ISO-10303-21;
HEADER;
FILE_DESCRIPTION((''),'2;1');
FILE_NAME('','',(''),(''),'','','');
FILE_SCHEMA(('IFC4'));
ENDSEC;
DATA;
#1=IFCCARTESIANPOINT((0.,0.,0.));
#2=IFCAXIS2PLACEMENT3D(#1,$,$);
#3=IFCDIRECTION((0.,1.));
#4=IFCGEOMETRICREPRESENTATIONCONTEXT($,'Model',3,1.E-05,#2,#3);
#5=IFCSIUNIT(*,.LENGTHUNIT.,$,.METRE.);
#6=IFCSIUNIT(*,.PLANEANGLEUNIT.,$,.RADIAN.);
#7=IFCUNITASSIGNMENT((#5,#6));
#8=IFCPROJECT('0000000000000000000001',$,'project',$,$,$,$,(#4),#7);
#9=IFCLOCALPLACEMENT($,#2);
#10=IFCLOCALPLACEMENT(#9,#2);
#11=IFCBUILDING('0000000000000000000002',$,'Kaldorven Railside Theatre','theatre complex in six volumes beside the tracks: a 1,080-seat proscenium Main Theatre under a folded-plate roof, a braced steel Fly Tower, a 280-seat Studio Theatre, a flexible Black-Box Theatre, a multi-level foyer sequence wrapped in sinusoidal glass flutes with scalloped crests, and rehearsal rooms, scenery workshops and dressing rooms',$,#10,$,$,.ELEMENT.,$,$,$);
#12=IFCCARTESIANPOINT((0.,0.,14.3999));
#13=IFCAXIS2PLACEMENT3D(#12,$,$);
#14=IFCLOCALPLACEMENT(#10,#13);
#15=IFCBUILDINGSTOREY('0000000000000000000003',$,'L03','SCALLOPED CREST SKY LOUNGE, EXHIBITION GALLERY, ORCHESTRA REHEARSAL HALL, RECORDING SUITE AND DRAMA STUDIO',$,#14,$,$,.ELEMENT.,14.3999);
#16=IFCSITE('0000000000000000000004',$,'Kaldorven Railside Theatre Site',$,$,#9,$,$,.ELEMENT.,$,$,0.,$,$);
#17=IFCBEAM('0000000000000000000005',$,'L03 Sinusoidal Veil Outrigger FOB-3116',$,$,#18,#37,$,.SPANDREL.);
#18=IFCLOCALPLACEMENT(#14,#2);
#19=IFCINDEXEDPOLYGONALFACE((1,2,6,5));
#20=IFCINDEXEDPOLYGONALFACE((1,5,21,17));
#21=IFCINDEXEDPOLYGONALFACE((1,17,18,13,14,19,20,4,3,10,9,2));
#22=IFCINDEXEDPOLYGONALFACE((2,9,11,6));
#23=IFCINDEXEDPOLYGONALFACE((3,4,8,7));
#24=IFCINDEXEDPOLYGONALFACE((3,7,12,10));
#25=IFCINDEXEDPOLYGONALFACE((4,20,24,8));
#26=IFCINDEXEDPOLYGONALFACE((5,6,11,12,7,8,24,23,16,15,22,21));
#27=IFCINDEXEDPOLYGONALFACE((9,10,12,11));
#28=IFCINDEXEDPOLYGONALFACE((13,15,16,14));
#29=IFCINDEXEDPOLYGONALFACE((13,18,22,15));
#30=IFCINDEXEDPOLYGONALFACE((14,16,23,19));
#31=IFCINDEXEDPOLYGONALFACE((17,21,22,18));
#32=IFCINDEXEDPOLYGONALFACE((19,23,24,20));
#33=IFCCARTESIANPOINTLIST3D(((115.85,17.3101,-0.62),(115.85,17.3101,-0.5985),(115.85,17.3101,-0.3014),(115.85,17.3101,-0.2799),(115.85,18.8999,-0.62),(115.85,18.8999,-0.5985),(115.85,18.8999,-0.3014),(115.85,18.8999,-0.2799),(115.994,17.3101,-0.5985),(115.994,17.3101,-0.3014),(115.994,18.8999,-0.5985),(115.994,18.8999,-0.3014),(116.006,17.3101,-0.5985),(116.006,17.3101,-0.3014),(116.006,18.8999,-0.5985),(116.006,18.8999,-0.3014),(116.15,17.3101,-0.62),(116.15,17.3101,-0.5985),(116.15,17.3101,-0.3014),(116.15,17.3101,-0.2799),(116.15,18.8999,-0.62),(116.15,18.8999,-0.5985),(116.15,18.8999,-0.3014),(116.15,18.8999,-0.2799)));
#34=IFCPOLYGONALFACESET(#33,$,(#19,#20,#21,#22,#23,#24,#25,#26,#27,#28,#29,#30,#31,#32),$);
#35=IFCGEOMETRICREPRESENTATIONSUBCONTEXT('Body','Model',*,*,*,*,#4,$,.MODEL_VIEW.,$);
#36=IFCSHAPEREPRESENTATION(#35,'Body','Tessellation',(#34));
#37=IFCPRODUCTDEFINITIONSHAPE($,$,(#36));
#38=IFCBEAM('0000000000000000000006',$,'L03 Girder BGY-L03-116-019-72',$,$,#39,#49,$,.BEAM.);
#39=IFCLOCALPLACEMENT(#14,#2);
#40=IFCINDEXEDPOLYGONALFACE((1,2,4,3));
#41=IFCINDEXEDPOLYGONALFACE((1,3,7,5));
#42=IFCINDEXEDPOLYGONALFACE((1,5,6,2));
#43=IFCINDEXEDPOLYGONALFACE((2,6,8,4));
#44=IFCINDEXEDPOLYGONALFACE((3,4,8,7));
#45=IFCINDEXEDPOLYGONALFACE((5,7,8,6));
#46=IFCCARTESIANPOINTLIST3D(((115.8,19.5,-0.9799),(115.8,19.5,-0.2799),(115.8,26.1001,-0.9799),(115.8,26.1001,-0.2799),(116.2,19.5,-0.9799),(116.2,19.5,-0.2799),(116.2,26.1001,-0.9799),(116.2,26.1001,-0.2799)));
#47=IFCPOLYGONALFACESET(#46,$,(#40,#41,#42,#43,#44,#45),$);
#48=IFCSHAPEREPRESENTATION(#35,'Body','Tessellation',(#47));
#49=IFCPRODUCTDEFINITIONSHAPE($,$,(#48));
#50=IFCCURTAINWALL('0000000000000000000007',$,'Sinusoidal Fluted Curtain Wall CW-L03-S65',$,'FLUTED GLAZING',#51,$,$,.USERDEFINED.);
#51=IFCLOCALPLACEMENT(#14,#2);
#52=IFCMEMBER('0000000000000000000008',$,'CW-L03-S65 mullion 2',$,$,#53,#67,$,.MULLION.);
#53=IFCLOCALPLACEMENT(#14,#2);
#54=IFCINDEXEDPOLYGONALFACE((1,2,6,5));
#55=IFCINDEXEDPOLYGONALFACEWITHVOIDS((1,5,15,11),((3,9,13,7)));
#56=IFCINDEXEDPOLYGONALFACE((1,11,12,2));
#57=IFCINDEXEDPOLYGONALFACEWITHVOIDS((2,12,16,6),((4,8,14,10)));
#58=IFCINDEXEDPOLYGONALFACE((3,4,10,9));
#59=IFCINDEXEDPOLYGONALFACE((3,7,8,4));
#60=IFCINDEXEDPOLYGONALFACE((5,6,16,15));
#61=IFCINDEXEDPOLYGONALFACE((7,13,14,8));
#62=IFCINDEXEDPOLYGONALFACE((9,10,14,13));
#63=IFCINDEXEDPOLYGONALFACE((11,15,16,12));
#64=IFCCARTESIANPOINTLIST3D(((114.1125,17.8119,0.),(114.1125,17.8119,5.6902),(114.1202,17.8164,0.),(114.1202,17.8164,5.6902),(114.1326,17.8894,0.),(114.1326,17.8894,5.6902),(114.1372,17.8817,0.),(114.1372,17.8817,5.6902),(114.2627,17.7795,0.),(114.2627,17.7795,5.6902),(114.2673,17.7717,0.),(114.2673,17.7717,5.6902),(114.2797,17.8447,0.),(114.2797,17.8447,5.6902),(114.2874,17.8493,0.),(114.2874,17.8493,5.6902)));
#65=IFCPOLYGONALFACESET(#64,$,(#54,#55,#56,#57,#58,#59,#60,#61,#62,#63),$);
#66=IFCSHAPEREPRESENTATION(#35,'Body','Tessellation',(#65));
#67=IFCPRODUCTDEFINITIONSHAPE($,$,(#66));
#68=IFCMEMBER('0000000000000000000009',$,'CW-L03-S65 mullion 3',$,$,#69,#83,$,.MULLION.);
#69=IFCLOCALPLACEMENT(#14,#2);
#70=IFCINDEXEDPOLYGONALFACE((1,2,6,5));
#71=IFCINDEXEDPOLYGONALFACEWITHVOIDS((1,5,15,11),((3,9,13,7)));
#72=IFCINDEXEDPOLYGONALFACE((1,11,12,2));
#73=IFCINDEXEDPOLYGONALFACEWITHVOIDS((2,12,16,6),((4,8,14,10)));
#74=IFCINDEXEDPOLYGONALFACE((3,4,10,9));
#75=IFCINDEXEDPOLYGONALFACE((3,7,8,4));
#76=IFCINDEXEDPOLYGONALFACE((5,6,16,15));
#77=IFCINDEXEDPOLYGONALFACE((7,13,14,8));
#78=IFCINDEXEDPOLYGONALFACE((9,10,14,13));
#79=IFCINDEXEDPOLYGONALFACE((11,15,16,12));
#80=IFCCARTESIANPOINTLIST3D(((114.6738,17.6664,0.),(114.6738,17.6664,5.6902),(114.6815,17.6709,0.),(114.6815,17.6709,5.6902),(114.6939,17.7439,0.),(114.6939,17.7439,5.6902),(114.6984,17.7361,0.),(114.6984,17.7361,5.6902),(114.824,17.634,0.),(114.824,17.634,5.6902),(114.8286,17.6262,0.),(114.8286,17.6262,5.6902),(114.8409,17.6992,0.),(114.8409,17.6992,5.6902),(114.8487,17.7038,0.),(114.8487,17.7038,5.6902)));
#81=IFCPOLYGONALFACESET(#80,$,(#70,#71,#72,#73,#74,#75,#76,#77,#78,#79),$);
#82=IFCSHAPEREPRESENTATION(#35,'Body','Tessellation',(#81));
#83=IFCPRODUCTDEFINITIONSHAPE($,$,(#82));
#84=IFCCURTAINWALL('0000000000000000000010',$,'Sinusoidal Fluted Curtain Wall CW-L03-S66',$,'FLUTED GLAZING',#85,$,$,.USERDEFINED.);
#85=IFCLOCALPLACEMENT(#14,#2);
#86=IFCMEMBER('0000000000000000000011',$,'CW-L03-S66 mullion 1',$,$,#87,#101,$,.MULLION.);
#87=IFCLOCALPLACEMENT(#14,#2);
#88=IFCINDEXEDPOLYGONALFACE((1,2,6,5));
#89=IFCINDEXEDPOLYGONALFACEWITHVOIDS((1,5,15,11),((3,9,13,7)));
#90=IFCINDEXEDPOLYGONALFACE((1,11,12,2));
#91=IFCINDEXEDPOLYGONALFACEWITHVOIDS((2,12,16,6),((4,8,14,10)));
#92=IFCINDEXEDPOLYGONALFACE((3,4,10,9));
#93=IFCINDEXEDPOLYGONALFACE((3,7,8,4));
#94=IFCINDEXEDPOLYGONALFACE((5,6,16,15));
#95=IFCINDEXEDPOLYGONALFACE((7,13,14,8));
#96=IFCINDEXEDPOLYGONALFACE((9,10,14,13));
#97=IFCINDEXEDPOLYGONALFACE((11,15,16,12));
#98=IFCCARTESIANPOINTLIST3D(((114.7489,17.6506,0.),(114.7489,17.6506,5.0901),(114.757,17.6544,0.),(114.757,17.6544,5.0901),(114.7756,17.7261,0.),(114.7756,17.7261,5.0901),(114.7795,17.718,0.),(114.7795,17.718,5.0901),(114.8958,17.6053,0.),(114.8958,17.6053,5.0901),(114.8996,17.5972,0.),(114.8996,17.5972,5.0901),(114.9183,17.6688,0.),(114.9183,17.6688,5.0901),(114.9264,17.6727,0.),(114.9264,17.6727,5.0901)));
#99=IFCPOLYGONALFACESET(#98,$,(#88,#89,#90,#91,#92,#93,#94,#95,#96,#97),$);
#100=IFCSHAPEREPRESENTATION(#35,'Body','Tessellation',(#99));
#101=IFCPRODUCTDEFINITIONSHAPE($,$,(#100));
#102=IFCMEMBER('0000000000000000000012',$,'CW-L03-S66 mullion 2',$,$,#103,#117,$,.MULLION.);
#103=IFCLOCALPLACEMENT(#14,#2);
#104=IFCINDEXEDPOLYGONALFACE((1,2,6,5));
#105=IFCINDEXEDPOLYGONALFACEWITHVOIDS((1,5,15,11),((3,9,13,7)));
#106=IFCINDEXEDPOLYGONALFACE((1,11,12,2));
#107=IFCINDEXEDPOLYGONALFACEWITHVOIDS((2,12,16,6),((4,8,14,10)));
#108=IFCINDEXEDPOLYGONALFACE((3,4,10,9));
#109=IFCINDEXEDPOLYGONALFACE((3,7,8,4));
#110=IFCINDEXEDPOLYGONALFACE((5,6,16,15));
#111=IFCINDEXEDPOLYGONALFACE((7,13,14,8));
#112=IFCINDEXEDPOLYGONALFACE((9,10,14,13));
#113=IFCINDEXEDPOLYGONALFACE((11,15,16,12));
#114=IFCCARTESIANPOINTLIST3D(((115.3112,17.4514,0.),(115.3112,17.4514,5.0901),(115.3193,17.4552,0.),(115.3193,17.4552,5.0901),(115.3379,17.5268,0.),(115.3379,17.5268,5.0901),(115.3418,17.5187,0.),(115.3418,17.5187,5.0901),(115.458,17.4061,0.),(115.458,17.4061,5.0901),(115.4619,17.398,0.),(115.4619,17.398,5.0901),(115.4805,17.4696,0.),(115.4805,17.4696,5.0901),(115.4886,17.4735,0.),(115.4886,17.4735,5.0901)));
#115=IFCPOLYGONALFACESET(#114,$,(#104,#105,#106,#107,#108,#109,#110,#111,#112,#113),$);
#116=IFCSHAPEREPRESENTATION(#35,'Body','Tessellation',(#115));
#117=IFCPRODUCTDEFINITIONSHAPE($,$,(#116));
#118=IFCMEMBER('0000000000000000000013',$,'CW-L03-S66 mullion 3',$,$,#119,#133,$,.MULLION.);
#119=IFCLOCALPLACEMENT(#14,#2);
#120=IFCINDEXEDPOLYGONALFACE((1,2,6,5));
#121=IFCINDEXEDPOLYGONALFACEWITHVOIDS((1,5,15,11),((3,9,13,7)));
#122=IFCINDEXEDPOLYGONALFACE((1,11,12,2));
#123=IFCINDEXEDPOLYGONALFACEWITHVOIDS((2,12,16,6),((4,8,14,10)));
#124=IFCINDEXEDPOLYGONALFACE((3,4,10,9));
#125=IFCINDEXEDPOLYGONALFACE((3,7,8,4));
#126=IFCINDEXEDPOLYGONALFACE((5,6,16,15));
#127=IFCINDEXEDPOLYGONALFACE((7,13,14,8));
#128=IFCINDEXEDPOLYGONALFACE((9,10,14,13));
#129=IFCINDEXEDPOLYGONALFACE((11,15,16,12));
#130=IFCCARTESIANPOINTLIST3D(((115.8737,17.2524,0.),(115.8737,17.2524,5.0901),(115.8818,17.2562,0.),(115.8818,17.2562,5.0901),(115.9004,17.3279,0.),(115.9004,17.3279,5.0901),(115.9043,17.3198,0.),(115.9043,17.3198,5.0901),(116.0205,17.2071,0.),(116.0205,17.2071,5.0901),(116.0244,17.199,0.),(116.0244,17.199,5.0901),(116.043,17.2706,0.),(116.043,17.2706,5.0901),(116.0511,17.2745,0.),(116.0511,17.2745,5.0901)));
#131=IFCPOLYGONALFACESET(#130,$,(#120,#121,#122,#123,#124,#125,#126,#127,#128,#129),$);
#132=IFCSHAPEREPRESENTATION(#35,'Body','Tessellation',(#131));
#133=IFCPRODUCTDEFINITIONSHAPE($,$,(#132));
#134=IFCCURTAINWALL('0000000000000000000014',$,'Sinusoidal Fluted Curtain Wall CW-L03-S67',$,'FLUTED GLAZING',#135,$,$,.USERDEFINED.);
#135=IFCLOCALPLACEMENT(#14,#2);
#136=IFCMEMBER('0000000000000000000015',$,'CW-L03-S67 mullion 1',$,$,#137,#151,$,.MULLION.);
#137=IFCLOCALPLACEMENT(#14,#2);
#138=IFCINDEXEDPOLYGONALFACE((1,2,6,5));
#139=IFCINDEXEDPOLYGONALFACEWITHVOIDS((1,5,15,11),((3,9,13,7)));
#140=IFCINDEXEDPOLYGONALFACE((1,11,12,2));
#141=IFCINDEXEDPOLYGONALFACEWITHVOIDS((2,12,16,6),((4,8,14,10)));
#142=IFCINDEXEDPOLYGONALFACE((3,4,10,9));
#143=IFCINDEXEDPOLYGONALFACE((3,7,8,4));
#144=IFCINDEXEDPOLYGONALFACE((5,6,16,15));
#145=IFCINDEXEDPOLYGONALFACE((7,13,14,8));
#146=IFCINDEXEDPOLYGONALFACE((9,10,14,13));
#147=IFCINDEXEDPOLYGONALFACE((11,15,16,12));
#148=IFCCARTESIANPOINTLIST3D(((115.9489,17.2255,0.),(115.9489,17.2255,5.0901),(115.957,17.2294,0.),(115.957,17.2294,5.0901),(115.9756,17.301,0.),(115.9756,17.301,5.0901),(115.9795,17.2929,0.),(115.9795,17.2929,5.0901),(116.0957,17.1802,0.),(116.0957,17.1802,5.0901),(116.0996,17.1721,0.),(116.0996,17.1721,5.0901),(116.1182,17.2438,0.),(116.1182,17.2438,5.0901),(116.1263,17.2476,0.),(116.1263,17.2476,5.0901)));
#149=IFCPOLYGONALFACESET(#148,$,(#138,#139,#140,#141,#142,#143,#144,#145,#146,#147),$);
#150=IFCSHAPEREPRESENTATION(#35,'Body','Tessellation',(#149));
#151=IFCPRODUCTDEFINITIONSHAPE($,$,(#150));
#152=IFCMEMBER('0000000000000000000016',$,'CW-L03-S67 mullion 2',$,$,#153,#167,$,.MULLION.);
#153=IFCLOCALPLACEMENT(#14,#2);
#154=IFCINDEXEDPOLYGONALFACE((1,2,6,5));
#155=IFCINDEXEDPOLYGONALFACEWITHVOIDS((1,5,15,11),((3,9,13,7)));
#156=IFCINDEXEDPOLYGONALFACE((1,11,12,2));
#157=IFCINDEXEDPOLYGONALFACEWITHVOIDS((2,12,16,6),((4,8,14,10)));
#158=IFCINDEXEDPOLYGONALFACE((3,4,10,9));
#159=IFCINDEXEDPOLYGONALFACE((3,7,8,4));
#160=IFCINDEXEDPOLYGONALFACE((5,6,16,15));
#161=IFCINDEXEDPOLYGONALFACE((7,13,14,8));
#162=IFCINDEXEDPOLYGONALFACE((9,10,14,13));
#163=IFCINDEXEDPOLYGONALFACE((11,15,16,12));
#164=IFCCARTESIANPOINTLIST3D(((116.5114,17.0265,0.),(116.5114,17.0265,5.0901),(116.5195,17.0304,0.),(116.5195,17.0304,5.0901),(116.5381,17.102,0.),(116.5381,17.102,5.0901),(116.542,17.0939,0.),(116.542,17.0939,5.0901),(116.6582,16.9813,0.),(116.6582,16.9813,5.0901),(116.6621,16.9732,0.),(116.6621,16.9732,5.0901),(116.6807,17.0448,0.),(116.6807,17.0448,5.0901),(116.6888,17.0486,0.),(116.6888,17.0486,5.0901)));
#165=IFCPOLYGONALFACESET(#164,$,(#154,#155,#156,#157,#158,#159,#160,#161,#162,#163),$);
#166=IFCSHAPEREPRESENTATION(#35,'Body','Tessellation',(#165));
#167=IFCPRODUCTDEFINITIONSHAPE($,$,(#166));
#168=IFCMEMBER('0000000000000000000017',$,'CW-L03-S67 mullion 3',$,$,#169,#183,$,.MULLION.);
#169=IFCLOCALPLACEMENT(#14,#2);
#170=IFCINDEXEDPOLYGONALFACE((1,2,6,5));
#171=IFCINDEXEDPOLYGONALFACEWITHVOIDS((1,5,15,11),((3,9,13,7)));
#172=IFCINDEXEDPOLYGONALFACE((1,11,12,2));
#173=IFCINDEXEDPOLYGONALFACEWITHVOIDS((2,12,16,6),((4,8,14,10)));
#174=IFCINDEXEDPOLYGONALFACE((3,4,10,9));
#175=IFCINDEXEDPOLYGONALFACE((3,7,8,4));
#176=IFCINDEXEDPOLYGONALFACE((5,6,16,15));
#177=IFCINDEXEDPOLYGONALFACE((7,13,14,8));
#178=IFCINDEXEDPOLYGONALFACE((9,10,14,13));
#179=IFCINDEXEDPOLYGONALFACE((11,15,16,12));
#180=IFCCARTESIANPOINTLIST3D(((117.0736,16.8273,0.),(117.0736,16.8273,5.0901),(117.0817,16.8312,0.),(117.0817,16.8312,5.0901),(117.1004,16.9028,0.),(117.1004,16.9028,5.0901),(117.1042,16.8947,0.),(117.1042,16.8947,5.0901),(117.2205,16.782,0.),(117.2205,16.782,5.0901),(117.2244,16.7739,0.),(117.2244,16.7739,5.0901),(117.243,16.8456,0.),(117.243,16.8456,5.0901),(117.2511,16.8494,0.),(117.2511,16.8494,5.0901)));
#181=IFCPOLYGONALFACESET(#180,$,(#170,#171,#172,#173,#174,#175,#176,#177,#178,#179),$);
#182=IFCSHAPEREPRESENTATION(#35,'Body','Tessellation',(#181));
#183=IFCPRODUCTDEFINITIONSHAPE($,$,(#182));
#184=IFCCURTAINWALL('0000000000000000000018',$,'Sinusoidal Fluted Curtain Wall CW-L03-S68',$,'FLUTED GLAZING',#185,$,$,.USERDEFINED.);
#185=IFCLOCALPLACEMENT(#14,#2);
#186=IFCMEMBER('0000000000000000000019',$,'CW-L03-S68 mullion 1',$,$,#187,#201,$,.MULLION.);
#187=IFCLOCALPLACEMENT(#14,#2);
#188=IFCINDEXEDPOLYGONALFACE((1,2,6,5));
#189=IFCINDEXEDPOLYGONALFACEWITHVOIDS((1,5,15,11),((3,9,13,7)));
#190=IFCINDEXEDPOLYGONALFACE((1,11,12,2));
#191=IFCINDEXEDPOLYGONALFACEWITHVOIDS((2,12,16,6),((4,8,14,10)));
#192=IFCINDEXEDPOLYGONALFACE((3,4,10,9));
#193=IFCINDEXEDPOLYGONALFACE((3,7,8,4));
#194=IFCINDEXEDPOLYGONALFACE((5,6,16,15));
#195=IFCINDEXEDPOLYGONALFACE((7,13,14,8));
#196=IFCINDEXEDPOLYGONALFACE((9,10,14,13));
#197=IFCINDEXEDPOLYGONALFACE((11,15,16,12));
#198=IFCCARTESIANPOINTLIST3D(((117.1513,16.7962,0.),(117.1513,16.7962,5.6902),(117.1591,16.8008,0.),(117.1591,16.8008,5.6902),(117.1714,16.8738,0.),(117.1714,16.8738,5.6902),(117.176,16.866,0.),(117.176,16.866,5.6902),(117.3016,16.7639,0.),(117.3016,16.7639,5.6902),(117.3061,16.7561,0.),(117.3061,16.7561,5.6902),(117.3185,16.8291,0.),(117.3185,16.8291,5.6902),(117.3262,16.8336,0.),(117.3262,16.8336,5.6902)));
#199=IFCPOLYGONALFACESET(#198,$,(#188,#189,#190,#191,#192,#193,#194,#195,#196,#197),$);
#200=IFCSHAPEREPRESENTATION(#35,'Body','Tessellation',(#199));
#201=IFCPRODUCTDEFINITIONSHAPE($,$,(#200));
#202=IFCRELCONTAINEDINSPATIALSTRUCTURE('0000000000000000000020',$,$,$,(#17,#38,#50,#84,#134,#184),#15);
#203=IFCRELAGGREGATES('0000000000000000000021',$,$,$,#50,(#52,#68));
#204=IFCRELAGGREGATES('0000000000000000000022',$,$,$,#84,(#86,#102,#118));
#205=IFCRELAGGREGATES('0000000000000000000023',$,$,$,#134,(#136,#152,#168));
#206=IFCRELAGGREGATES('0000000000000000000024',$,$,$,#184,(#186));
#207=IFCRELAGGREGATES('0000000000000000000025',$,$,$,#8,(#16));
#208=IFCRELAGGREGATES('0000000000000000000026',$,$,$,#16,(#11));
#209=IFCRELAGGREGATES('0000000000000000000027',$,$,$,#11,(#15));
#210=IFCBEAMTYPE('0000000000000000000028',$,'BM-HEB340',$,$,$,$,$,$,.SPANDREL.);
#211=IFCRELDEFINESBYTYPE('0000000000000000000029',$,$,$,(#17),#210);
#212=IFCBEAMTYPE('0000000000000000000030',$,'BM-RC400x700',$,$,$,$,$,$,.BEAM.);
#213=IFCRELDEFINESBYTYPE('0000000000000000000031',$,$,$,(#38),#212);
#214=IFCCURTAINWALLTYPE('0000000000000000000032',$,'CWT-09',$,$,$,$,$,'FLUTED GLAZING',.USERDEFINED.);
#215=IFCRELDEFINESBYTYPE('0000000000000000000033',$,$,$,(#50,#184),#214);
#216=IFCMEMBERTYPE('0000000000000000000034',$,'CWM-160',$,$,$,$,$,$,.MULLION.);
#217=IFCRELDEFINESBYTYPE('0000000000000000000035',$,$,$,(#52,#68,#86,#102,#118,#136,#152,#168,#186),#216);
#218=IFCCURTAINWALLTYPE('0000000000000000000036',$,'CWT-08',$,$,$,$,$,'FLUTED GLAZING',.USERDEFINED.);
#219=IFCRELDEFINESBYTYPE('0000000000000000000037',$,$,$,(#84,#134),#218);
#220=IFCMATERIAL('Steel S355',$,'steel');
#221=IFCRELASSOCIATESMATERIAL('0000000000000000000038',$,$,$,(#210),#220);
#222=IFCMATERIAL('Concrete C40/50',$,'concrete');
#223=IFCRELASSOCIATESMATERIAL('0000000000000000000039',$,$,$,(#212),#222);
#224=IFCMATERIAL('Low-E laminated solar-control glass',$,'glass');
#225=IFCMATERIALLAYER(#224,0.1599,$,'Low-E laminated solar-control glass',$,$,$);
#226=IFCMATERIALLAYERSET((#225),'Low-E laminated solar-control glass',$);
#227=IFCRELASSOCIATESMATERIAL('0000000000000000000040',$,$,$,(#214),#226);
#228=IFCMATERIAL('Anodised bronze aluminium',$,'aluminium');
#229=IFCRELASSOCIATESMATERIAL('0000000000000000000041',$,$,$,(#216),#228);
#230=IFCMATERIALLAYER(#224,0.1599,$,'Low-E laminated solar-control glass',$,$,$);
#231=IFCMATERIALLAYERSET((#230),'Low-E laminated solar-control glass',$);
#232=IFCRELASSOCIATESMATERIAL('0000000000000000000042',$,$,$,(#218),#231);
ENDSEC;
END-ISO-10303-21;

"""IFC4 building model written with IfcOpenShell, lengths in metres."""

from ifc_helpers import new_model, si_unit, direction, frame, origin, origin_2d, place, context, subcontext, project, spatial, rectangle, hollow_rectangle, i_section, extrude, material, layer, layer_set, material_profile, profile_set, type_object, element, aggregate, save


model = new_model("IFC4")

# Units and contexts
model_context = context("Model", 3, precision=1e-05, world=origin(), true_north=direction((0.0, 1.0)))
body_context = subcontext(model_context, "Body", "Model", "MODEL_VIEW")
ifc_project = project(units=[si_unit("LENGTHUNIT", "METRE"), si_unit("PLANEANGLEUNIT", "RADIAN")], contexts=[model_context])

# Site, building, storey
site_placement = place(None, origin())
site = spatial("IfcSite", under=ifc_project, at=site_placement, Name="Kaldorven Railside Theatre Site", CompositionType="ELEMENT", RefElevation=0.0)
building_placement = place(site_placement, origin())
building = spatial("IfcBuilding", under=site, at=building_placement, Name="Kaldorven Railside Theatre", Description="theatre complex in six volumes beside the tracks: a 1,080-seat proscenium Main Theatre under a folded-plate roof, a braced steel Fly Tower, a 280-seat Studio Theatre, a flexible Black-Box Theatre, a multi-level foyer sequence wrapped in sinusoidal glass flutes with scalloped crests, and rehearsal rooms, scenery workshops and dressing rooms", CompositionType="ELEMENT")
storey_placement = place(building_placement, frame((0.0, 0.0, 14.3999)))
storey = spatial("IfcBuildingStorey", under=building, at=storey_placement, Name="L03", Description="SCALLOPED CREST SKY LOUNGE, EXHIBITION GALLERY, ORCHESTRA REHEARSAL HALL, RECORDING SUITE AND DRAMA STUDIO", CompositionType="ELEMENT", Elevation=14.3999)

# Shared definitions
ifc_material_1 = material(Name="Concrete C40/50", Category="concrete")

# Beams
ifc_material_2 = material(Name="Steel S355", Category="steel")
ifc_material_profile_1 = material_profile(ifc_material_2, i_section(OverallWidth=0.3, OverallDepth=0.3401, WebThickness=0.012, FlangeThickness=0.0215, at=origin_2d()), Name="HEB 340")
ifc_profile_set_1 = profile_set([ifc_material_profile_1], Name="Steel S355")
beam_type_1 = type_object("IfcBeamType", Name="BM-HEB340", PredefinedType="SPANDREL", material=ifc_profile_set_1)
beam_1_placement = place(storey_placement, frame((116.0, 17.3101, -0.45), z_axis=(0.0, 1.0, 0.0), x_axis=(-1.0, 0.0, 0.0)))
element("IfcBeam", 1, at=beam_1_placement, inside=storey, type_object=beam_type_1, Name="L03 Sinusoidal Veil Outrigger FOB-3116", PredefinedType="SPANDREL", context=body_context, shape_type="SweptSolid", body=[
    extrude(i_section(OverallWidth=0.3, OverallDepth=0.3401, WebThickness=0.012, FlangeThickness=0.0215, at=origin_2d()), origin(), (0.0, 0.0, 1.0), 1.5898),
])
ifc_material_profile_2 = material_profile(ifc_material_1, rectangle(XDim=0.3999, YDim=0.7, at=origin_2d()), Name="RC 400x700")
ifc_profile_set_2 = profile_set([ifc_material_profile_2], Name="Concrete C40/50")
beam_type_2 = type_object("IfcBeamType", Name="BM-RC400x700", PredefinedType="BEAM", material=ifc_profile_set_2)
beam_2_placement = place(storey_placement, frame((116.0, 19.5, -0.6299), z_axis=(0.0, 1.0, 0.0), x_axis=(-1.0, 0.0, 0.0)))
element("IfcBeam", 2, at=beam_2_placement, inside=storey, type_object=beam_type_2, Name="L03 Girder BGY-L03-116-019-72", PredefinedType="BEAM", context=body_context, shape_type="SweptSolid", body=[
    extrude(rectangle(XDim=0.3999, YDim=0.7, at=origin_2d()), origin(), (0.0, 0.0, 1.0), 6.6001),
])

# Curtain walls, members
ifc_material_3 = material(Name="Low-E laminated solar-control glass", Category="glass")
ifc_layer_1 = layer(ifc_material_3, 0.1599, Name="Low-E laminated solar-control glass")
ifc_layer_set_1 = layer_set([ifc_layer_1], Name="Low-E laminated solar-control glass")
curtain_wall_type_1 = type_object("IfcCurtainWallType", Name="CWT-09", ElementType="FLUTED GLAZING", PredefinedType="USERDEFINED", material=ifc_layer_set_1)
curtain_wall_1_placement = place(storey_placement, origin())
curtain_wall_1 = element("IfcCurtainWall", 3, at=curtain_wall_1_placement, inside=storey, type_object=curtain_wall_type_1, Name="Sinusoidal Fluted Curtain Wall CW-L03-S65", ObjectType="FLUTED GLAZING", PredefinedType="USERDEFINED")
ifc_material_4 = material(Name="Anodised bronze aluminium", Category="aluminium")
ifc_material_profile_3 = material_profile(ifc_material_4, hollow_rectangle(XDim=0.0801, YDim=0.1599, WallThickness=0.0063, at=origin_2d()), Name="RHS 160x80x6.3")
ifc_profile_set_3 = profile_set([ifc_material_profile_3], Name="Anodised bronze aluminium")
member_type_1 = type_object("IfcMemberType", Name="CWM-160", PredefinedType="MULLION", material=ifc_profile_set_3)
member_1_placement = place(storey_placement, frame((114.2, 17.8306, 0.0), z_axis=(0.0, 0.0, 1.0), x_axis=(0.250954, 0.967999, 0.0)))
member_1 = element("IfcMember", 4, at=member_1_placement, type_object=member_type_1, Name="CW-L03-S65 mullion 2", PredefinedType="MULLION", context=body_context, shape_type="SweptSolid", body=[
    extrude(hollow_rectangle(XDim=0.0801, YDim=0.1599, WallThickness=0.0063, at=origin_2d()), origin(), (0.0, 0.0, 1.0), 5.6902),
])
member_2_placement = place(storey_placement, frame((114.7612, 17.6851, 0.0), z_axis=(0.0, 0.0, 1.0), x_axis=(0.250954, 0.967999, 0.0)))
member_2 = element("IfcMember", 5, at=member_2_placement, type_object=member_type_1, Name="CW-L03-S65 mullion 3", PredefinedType="MULLION", context=body_context, shape_type="SweptSolid", body=[
    extrude(hollow_rectangle(XDim=0.0801, YDim=0.1599, WallThickness=0.0063, at=origin_2d()), origin(), (0.0, 0.0, 1.0), 5.6902),
])
ifc_layer_2 = layer(ifc_material_3, 0.1599, Name="Low-E laminated solar-control glass")
ifc_layer_set_2 = layer_set([ifc_layer_2], Name="Low-E laminated solar-control glass")
curtain_wall_type_2 = type_object("IfcCurtainWallType", Name="CWT-08", ElementType="FLUTED GLAZING", PredefinedType="USERDEFINED", material=ifc_layer_set_2)
curtain_wall_2_placement = place(storey_placement, origin())
curtain_wall_2 = element("IfcCurtainWall", 6, at=curtain_wall_2_placement, inside=storey, type_object=curtain_wall_type_2, Name="Sinusoidal Fluted Curtain Wall CW-L03-S66", ObjectType="FLUTED GLAZING", PredefinedType="USERDEFINED")
member_3_placement = place(storey_placement, frame((114.8376, 17.6616, 0.0), z_axis=(0.0, 0.0, 1.0), x_axis=(0.333847, 0.942627, 0.0)))
member_3 = element("IfcMember", 7, at=member_3_placement, type_object=member_type_1, Name="CW-L03-S66 mullion 1", PredefinedType="MULLION", context=body_context, shape_type="SweptSolid", body=[
    extrude(hollow_rectangle(XDim=0.0801, YDim=0.1599, WallThickness=0.0063, at=origin_2d()), origin(), (0.0, 0.0, 1.0), 5.0901),
])
member_4_placement = place(storey_placement, frame((115.3999, 17.4624, 0.0), z_axis=(0.0, 0.0, 1.0), x_axis=(0.333847, 0.942627, 0.0)))
member_4 = element("IfcMember", 8, at=member_4_placement, type_object=member_type_1, Name="CW-L03-S66 mullion 2", PredefinedType="MULLION", context=body_context, shape_type="SweptSolid", body=[
    extrude(hollow_rectangle(XDim=0.0801, YDim=0.1599, WallThickness=0.0063, at=origin_2d()), origin(), (0.0, 0.0, 1.0), 5.0901),
])
member_5_placement = place(storey_placement, frame((115.9624, 17.2634, 0.0), z_axis=(0.0, 0.0, 1.0), x_axis=(0.333847, 0.942627, 0.0)))
member_5 = element("IfcMember", 9, at=member_5_placement, type_object=member_type_1, Name="CW-L03-S66 mullion 3", PredefinedType="MULLION", context=body_context, shape_type="SweptSolid", body=[
    extrude(hollow_rectangle(XDim=0.0801, YDim=0.1599, WallThickness=0.0063, at=origin_2d()), origin(), (0.0, 0.0, 1.0), 5.0901),
])
curtain_wall_3_placement = place(storey_placement, origin())
curtain_wall_3 = element("IfcCurtainWall", 10, at=curtain_wall_3_placement, inside=storey, type_object=curtain_wall_type_2, Name="Sinusoidal Fluted Curtain Wall CW-L03-S67", ObjectType="FLUTED GLAZING", PredefinedType="USERDEFINED")
member_6_placement = place(storey_placement, frame((116.0376, 17.2366, 0.0), z_axis=(0.0, 0.0, 1.0), x_axis=(0.333847, 0.942627, 0.0)))
member_6 = element("IfcMember", 11, at=member_6_placement, type_object=member_type_1, Name="CW-L03-S67 mullion 1", PredefinedType="MULLION", context=body_context, shape_type="SweptSolid", body=[
    extrude(hollow_rectangle(XDim=0.0801, YDim=0.1599, WallThickness=0.0063, at=origin_2d()), origin(), (0.0, 0.0, 1.0), 5.0901),
])
member_7_placement = place(storey_placement, frame((116.6001, 17.0376, 0.0), z_axis=(0.0, 0.0, 1.0), x_axis=(0.333847, 0.942627, 0.0)))
member_7 = element("IfcMember", 12, at=member_7_placement, type_object=member_type_1, Name="CW-L03-S67 mullion 2", PredefinedType="MULLION", context=body_context, shape_type="SweptSolid", body=[
    extrude(hollow_rectangle(XDim=0.0801, YDim=0.1599, WallThickness=0.0063, at=origin_2d()), origin(), (0.0, 0.0, 1.0), 5.0901),
])
member_8_placement = place(storey_placement, frame((117.1624, 16.8384, 0.0), z_axis=(0.0, 0.0, 1.0), x_axis=(0.333847, 0.942627, 0.0)))
member_8 = element("IfcMember", 13, at=member_8_placement, type_object=member_type_1, Name="CW-L03-S67 mullion 3", PredefinedType="MULLION", context=body_context, shape_type="SweptSolid", body=[
    extrude(hollow_rectangle(XDim=0.0801, YDim=0.1599, WallThickness=0.0063, at=origin_2d()), origin(), (0.0, 0.0, 1.0), 5.0901),
])
curtain_wall_4_placement = place(storey_placement, origin())
curtain_wall_4 = element("IfcCurtainWall", 14, at=curtain_wall_4_placement, inside=storey, type_object=curtain_wall_type_1, Name="Sinusoidal Fluted Curtain Wall CW-L03-S68", ObjectType="FLUTED GLAZING", PredefinedType="USERDEFINED")
member_9_placement = place(storey_placement, frame((117.2388, 16.8149, 0.0), z_axis=(0.0, 0.0, 1.0), x_axis=(0.250954, 0.967999, 0.0)))
member_9 = element("IfcMember", 15, at=member_9_placement, type_object=member_type_1, Name="CW-L03-S68 mullion 1", PredefinedType="MULLION", context=body_context, shape_type="SweptSolid", body=[
    extrude(hollow_rectangle(XDim=0.0801, YDim=0.1599, WallThickness=0.0063, at=origin_2d()), origin(), (0.0, 0.0, 1.0), 5.6902),
])

aggregate(curtain_wall_1, [member_1, member_2])
aggregate(curtain_wall_2, [member_3, member_4, member_5])
aggregate(curtain_wall_3, [member_6, member_7, member_8])
aggregate(curtain_wall_4, [member_9])

save(model, "model.ifc")
